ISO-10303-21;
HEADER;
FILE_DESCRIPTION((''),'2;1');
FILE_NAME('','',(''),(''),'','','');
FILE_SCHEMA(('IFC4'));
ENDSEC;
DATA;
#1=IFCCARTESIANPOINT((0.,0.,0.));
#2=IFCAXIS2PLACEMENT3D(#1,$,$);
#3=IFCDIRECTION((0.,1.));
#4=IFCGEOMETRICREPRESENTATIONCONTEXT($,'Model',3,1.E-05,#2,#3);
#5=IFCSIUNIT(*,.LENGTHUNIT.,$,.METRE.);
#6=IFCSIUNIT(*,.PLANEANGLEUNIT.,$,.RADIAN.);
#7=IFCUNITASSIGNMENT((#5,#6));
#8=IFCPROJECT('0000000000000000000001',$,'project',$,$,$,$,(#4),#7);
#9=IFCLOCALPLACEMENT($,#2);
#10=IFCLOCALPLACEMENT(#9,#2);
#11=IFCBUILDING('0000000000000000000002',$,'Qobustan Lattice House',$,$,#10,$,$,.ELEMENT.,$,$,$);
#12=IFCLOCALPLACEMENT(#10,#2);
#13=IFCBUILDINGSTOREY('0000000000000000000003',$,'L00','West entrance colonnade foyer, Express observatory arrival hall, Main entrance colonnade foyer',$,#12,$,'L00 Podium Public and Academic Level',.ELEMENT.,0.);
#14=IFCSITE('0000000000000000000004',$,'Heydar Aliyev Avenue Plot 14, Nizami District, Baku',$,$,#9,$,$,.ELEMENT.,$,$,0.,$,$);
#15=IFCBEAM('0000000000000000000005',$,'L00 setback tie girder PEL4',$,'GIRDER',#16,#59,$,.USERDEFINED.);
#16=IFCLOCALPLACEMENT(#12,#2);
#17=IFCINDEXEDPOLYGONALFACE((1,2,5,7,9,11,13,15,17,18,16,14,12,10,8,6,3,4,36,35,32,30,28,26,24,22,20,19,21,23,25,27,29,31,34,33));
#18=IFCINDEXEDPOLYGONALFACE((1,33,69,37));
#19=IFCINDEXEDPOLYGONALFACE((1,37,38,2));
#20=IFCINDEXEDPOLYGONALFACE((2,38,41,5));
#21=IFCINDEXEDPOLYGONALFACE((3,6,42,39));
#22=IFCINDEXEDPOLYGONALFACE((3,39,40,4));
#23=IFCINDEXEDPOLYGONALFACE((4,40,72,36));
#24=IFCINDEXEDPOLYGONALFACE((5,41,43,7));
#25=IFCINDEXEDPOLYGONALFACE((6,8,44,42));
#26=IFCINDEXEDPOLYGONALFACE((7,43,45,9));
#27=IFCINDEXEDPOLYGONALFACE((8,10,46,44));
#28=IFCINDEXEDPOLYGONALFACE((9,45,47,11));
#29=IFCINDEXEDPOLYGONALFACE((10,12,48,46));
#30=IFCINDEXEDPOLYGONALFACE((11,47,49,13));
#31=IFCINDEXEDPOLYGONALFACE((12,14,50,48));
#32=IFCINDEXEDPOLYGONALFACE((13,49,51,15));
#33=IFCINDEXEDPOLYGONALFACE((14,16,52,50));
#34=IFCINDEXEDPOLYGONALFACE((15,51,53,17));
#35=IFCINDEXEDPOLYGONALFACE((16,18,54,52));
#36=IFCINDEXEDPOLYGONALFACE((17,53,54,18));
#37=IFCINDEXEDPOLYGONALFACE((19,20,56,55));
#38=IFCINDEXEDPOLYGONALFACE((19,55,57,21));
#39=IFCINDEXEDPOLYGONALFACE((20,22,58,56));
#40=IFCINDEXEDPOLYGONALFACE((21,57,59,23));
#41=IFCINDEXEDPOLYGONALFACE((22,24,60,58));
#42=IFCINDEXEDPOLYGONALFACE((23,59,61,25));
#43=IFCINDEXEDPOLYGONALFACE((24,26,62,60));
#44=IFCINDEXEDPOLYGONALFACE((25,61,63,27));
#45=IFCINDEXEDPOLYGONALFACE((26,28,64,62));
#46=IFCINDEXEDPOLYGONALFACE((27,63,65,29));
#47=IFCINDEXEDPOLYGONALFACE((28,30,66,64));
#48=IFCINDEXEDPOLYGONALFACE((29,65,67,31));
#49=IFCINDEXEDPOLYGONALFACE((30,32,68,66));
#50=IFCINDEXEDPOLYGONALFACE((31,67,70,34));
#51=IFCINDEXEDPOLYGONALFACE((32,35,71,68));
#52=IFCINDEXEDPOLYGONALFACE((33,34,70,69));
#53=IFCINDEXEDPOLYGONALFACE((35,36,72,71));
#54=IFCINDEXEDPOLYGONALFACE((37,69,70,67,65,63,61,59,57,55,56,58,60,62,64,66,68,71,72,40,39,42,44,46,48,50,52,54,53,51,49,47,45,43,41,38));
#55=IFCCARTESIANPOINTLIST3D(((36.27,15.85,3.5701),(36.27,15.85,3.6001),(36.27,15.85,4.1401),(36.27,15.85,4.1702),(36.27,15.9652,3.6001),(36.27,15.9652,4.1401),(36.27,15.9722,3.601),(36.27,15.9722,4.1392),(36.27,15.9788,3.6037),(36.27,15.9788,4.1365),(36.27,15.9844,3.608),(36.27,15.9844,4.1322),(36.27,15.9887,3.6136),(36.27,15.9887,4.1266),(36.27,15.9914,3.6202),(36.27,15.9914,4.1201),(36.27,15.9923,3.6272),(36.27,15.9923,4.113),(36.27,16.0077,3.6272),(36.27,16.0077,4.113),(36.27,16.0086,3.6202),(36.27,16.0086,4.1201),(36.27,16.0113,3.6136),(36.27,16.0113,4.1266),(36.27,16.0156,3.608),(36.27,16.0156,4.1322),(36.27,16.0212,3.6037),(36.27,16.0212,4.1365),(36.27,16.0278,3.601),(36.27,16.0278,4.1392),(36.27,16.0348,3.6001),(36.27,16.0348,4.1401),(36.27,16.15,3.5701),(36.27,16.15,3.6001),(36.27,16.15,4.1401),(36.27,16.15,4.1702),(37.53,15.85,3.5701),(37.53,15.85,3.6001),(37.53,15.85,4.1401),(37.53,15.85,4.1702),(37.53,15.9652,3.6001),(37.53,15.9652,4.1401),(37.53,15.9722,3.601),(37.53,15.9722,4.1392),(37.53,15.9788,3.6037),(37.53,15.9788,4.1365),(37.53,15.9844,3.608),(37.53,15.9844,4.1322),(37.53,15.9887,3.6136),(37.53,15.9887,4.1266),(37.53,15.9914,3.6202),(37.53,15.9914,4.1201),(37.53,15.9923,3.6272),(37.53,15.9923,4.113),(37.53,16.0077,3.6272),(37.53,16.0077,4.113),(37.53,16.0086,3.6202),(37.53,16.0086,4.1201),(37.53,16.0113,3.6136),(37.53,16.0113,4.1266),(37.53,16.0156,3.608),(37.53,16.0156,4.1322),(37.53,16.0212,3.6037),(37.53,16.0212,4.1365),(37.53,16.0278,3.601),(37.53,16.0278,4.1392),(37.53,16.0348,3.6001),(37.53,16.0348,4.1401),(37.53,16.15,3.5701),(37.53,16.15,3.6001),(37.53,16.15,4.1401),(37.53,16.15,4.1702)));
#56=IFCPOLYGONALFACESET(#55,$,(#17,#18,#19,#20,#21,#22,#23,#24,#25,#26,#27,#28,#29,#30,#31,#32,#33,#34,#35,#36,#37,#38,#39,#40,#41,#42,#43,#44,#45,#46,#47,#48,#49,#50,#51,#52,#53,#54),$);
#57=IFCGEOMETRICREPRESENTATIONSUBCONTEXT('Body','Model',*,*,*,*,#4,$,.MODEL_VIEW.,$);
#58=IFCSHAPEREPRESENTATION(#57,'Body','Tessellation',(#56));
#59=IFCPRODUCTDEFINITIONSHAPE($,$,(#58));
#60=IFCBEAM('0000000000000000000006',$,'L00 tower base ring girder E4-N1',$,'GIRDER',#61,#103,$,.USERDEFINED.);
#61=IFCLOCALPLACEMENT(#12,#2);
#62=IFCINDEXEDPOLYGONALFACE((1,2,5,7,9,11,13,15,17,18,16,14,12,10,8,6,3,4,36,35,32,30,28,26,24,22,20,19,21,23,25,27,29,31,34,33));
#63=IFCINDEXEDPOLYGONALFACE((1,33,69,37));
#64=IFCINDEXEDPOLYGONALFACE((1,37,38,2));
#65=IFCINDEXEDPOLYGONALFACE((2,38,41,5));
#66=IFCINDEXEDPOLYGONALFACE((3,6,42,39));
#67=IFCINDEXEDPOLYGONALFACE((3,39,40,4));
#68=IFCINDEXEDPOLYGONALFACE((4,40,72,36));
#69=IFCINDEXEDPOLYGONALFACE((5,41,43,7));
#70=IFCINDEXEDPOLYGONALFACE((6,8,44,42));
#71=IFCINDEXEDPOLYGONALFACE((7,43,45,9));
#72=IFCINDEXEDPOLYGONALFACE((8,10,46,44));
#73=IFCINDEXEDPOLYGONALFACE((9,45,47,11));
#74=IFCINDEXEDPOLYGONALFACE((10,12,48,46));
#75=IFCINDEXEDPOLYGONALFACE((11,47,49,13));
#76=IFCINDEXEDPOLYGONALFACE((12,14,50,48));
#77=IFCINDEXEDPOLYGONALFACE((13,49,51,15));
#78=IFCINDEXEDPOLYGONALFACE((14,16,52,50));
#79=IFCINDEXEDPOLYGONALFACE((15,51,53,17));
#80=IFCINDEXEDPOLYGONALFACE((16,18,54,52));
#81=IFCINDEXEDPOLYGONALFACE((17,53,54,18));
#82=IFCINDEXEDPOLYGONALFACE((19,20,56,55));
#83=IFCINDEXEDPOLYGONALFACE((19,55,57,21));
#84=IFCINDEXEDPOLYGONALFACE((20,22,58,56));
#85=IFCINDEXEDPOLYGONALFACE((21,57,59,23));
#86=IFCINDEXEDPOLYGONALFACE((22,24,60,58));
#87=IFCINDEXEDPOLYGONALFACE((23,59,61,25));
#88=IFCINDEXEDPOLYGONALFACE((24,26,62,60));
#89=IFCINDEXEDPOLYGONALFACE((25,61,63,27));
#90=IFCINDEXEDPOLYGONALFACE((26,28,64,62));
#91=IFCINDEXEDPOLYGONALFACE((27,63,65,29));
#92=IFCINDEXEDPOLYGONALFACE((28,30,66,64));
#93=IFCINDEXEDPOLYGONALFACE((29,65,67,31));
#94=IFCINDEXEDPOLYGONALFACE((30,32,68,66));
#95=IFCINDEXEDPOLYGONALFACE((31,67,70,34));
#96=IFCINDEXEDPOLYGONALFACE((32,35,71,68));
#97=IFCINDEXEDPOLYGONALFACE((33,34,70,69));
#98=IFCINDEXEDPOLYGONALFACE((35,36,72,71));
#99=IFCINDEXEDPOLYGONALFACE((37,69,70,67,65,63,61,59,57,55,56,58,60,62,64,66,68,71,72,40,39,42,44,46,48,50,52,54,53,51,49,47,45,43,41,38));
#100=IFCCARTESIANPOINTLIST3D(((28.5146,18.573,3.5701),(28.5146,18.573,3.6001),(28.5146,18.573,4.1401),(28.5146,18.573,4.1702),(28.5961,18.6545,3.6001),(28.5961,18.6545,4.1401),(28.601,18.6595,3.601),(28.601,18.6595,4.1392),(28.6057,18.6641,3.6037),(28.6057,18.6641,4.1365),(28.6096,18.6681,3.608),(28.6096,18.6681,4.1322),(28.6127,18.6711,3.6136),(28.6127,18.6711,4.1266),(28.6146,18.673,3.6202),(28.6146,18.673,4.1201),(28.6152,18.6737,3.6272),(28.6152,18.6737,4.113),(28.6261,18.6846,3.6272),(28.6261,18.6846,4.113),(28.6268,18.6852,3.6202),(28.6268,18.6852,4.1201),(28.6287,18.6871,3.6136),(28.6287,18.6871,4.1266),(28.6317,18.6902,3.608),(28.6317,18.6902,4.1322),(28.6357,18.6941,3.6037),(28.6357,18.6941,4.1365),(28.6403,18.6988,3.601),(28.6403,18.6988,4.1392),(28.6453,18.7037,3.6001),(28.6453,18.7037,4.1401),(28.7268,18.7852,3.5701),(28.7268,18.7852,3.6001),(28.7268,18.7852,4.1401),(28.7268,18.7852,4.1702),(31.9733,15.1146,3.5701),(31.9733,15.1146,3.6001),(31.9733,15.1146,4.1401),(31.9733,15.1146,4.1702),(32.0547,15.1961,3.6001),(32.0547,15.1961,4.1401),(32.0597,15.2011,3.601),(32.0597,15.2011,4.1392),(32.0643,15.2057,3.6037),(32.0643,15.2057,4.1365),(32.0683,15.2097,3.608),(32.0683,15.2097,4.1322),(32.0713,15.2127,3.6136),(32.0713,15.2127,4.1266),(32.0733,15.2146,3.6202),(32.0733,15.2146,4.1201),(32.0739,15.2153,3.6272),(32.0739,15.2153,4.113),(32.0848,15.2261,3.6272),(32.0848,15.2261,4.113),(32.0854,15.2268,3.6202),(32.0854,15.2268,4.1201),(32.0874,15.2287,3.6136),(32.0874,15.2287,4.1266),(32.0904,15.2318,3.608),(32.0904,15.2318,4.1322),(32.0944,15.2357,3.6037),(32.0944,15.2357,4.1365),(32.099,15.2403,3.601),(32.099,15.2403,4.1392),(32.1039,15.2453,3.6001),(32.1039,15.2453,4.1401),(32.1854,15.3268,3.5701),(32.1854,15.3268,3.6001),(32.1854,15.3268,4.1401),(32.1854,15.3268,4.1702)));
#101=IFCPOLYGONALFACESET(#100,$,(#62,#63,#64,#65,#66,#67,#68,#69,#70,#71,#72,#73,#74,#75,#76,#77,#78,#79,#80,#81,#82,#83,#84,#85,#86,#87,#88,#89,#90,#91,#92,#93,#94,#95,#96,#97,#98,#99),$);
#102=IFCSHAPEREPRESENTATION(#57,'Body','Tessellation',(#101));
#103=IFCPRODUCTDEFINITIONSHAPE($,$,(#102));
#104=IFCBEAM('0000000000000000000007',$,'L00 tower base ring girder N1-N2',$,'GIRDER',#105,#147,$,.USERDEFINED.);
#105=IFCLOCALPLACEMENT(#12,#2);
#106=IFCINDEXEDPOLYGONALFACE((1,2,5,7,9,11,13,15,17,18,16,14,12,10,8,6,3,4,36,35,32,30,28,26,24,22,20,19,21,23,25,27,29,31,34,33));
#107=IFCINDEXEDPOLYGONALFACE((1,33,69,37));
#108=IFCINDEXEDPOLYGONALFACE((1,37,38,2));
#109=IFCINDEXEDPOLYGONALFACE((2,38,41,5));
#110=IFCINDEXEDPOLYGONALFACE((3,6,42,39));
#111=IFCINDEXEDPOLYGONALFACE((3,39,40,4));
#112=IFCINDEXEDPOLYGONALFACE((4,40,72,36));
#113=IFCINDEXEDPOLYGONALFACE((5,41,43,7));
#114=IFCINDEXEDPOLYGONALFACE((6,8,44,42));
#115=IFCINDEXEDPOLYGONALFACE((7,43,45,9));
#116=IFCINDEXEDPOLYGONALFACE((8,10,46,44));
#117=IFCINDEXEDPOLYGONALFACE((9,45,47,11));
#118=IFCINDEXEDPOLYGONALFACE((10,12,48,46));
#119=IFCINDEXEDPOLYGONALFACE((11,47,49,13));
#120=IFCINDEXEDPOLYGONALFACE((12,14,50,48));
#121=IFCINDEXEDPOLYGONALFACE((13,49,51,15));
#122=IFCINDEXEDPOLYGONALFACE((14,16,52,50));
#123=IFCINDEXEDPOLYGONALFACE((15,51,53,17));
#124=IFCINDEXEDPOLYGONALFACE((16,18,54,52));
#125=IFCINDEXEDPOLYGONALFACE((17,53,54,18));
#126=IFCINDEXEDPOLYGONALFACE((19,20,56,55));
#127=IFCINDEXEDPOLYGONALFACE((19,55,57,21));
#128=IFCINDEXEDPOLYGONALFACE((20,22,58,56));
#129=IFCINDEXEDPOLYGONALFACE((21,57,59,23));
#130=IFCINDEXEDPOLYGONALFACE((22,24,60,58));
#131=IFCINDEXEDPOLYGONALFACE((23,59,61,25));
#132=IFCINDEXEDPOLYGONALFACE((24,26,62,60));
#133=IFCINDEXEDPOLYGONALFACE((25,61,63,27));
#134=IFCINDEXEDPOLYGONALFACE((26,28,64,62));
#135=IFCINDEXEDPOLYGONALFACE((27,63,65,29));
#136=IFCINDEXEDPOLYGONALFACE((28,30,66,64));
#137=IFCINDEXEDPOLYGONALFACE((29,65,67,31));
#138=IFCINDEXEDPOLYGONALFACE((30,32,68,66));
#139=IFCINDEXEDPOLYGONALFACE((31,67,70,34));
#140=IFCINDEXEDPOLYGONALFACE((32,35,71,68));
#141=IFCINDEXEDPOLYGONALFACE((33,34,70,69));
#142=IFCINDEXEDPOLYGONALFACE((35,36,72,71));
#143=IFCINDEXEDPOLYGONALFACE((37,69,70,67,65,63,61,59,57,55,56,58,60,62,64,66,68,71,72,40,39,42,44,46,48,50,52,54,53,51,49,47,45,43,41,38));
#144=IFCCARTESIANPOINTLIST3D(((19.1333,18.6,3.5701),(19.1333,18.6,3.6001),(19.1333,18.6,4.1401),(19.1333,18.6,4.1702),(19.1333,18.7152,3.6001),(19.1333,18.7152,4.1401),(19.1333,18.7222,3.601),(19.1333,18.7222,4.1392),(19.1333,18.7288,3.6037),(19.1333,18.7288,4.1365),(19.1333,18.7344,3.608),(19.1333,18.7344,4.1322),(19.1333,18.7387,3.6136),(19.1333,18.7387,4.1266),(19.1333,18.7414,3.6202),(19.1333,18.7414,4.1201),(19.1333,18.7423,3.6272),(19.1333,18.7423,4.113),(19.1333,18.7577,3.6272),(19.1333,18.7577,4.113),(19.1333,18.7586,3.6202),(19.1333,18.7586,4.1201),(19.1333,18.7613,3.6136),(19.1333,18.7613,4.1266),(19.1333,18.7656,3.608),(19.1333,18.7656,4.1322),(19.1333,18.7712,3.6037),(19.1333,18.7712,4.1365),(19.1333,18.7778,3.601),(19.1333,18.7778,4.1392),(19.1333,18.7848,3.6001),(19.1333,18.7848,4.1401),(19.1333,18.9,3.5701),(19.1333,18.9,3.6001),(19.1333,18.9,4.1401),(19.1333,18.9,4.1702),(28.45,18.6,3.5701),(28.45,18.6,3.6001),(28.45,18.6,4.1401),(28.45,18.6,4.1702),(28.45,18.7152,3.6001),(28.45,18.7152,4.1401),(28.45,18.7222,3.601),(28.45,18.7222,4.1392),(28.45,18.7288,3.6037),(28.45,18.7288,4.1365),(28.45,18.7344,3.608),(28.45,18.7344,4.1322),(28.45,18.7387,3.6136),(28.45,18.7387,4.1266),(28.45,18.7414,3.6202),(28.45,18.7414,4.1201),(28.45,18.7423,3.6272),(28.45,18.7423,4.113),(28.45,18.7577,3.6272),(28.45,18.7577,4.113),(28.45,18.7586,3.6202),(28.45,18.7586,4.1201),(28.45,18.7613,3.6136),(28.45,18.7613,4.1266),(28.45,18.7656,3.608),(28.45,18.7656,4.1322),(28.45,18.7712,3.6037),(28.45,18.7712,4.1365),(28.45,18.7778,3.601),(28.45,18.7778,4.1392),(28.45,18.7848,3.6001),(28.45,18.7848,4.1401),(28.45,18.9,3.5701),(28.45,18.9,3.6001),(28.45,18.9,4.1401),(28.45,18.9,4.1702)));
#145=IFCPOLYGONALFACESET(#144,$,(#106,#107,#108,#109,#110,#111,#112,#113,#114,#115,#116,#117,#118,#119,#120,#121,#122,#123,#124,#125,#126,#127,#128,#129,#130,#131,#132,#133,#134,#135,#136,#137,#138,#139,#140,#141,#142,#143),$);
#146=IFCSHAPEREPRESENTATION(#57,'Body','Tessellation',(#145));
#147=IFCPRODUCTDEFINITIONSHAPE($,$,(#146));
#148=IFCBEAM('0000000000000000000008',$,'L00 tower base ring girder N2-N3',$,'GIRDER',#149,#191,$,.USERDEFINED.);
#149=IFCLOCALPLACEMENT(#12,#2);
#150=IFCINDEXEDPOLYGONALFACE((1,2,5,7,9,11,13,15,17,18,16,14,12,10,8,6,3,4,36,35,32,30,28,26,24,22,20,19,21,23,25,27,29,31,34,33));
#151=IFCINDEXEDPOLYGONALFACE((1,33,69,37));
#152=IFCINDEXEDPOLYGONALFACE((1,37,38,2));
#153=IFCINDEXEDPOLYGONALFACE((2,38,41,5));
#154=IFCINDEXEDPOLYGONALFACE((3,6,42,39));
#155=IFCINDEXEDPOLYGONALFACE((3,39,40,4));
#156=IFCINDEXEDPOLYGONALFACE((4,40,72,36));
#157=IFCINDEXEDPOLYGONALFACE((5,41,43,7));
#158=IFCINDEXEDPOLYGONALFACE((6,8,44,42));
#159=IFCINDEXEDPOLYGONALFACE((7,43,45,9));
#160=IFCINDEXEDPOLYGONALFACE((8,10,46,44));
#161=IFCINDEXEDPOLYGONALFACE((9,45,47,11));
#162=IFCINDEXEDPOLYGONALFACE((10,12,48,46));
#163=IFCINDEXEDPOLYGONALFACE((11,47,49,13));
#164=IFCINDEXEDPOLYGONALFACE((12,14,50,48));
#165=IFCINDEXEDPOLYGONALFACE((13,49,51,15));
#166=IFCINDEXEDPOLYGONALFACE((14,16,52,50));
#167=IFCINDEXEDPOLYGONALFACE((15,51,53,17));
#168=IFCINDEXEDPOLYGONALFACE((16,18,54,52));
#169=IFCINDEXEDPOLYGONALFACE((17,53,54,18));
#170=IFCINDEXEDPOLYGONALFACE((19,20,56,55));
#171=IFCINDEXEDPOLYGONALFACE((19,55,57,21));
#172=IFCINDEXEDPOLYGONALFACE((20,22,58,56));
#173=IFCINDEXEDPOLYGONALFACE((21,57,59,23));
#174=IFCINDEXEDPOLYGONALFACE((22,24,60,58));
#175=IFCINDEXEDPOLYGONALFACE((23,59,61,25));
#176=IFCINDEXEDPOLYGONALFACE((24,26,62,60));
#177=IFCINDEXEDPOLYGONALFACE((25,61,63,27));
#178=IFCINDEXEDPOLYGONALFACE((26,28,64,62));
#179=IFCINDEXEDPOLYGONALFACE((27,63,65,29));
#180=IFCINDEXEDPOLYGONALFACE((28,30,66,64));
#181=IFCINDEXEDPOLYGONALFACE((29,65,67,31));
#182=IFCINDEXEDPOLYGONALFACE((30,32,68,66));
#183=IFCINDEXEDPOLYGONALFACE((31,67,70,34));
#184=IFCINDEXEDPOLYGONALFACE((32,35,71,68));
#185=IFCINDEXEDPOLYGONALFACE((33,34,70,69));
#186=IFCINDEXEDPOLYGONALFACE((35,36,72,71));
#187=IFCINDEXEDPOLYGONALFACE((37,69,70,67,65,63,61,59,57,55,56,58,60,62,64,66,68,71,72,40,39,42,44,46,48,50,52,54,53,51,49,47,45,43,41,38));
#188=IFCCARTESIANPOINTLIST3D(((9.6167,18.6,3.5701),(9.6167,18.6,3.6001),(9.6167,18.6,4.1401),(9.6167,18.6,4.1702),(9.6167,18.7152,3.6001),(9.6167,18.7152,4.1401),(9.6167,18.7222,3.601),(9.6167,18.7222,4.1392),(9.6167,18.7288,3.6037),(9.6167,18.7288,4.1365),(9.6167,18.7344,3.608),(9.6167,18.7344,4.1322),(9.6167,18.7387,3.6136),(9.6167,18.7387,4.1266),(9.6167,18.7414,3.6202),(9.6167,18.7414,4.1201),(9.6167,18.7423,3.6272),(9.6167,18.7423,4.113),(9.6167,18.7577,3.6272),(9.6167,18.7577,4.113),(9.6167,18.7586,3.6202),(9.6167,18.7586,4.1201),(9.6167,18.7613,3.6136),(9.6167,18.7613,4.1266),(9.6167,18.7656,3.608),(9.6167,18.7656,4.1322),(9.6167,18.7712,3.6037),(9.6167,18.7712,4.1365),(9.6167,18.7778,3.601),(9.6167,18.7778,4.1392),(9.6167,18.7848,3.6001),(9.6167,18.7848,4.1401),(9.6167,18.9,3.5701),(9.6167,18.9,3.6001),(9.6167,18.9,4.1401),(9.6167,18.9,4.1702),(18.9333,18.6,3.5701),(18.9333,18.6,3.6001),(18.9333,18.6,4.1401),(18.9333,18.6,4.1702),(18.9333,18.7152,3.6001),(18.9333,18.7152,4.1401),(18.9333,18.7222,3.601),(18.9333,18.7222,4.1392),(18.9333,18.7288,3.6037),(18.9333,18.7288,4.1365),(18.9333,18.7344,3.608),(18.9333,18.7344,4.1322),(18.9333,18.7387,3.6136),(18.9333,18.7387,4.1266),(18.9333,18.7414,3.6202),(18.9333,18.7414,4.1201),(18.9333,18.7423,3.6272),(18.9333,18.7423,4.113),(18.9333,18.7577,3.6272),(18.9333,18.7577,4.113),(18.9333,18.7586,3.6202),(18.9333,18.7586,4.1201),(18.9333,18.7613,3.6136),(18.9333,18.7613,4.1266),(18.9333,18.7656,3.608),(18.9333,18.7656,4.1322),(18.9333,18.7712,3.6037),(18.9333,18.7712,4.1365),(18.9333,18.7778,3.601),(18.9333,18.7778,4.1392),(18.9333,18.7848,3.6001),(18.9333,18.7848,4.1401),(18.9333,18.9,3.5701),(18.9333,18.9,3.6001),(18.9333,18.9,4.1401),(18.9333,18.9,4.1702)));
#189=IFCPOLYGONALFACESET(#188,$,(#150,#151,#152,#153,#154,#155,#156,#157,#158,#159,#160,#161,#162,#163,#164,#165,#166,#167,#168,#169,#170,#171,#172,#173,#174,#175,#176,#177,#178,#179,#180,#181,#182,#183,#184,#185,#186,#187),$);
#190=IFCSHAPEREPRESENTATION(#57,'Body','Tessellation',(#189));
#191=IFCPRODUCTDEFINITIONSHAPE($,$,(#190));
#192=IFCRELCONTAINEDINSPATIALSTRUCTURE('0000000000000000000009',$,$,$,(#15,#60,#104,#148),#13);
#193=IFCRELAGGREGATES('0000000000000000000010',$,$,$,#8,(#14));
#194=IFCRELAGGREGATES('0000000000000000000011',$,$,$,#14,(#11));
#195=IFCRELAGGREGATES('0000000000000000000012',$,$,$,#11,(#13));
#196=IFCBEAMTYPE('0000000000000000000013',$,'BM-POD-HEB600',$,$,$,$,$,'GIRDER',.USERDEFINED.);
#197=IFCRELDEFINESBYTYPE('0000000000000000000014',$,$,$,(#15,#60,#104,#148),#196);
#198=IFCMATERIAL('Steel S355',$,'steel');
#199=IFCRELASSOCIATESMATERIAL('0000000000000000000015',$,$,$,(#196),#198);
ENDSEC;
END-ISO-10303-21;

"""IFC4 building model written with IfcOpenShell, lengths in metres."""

from ifc_helpers import new_model, si_unit, direction, frame, origin, origin_2d, place, context, subcontext, project, spatial, i_section, extrude, material, material_profile, profile_set, type_object, element, save


model = new_model("IFC4")

# Units and contexts
model_context = context("Model", 3, precision=1e-05, world=origin(), true_north=direction((0.0, 1.0)))
body_context = subcontext(model_context, "Body", "Model", "MODEL_VIEW")
ifc_project = project(units=[si_unit("LENGTHUNIT", "METRE"), si_unit("PLANEANGLEUNIT", "RADIAN")], contexts=[model_context])

# Site, building, storey
site_placement = place(None, origin())
site = spatial("IfcSite", under=ifc_project, at=site_placement, Name="Heydar Aliyev Avenue Plot 14, Nizami District, Baku", CompositionType="ELEMENT", RefElevation=0.0)
building_placement = place(site_placement, origin())
building = spatial("IfcBuilding", under=site, at=building_placement, Name="Qobustan Lattice House", CompositionType="ELEMENT")
storey_placement = place(building_placement, origin())
storey = spatial("IfcBuildingStorey", under=building, at=storey_placement, Name="L00", Description="West entrance colonnade foyer, Express observatory arrival hall, Main entrance colonnade foyer", LongName="L00 Podium Public and Academic Level", CompositionType="ELEMENT", Elevation=0.0)

# Beams
ifc_material_1 = material(Name="Steel S355", Category="steel")
ifc_material_profile_1 = material_profile(ifc_material_1, i_section(OverallWidth=0.3, OverallDepth=0.6001, WebThickness=0.0154, FlangeThickness=0.03, FilletRadius=0.0271, at=origin_2d()), Name="HEB600")
ifc_profile_set_1 = profile_set([ifc_material_profile_1], Name="Steel S355")
beam_type_1 = type_object("IfcBeamType", Name="BM-POD-HEB600", ElementType="GIRDER", PredefinedType="USERDEFINED", material=ifc_profile_set_1)
beam_1_placement = place(storey_placement, frame((37.53, 16.0, 3.8701), z_axis=(-1.0, 0.0, 0.0), x_axis=(0.0, -1.0, 0.0)))
element("IfcBeam", 1, at=beam_1_placement, inside=storey, type_object=beam_type_1, Name="L00 setback tie girder PEL4", ObjectType="GIRDER", PredefinedType="USERDEFINED", context=body_context, shape_type="SweptSolid", body=[
    extrude(i_section(OverallWidth=0.3, OverallDepth=0.6001, WebThickness=0.0154, FlangeThickness=0.03, FilletRadius=0.0271, at=origin_2d()), origin(), (0.0, 0.0, 1.0), 1.26),
])
beam_2_placement = place(storey_placement, frame((32.0793, 15.2207, 3.8701), z_axis=(-0.707132, 0.707082, 0.0), x_axis=(-0.707082, -0.707132, 0.0)))
element("IfcBeam", 2, at=beam_2_placement, inside=storey, type_object=beam_type_1, Name="L00 tower base ring girder E4-N1", ObjectType="GIRDER", PredefinedType="USERDEFINED", context=body_context, shape_type="SweptSolid", body=[
    extrude(i_section(OverallWidth=0.3, OverallDepth=0.6001, WebThickness=0.0154, FlangeThickness=0.03, FilletRadius=0.0271, at=origin_2d()), origin(), (0.0, 0.0, 1.0), 4.8911),
])
for number, where, z_axis, x_axis, name in (
    (3, (28.45, 18.75, 3.8701), (-1.0, 0.0, 0.0), (0.0, -1.0, 0.0), "L00 tower base ring girder N1-N2"),
    (4, (18.9333, 18.75, 3.8701), (-1.0, 0.0, 0.0), (0.0, -1.0, 0.0), "L00 tower base ring girder N2-N3"),
):
    element("IfcBeam", number, at=place(storey_placement, frame(where, z_axis=z_axis, x_axis=x_axis)), inside=storey, type_object=beam_type_1, Name=name, ObjectType="GIRDER", PredefinedType="USERDEFINED", context=body_context, shape_type="SweptSolid", body=[
        extrude(i_section(OverallWidth=0.3, OverallDepth=0.6001, WebThickness=0.0154, FlangeThickness=0.03, FilletRadius=0.0271, at=origin_2d()), origin(), (0.0, 0.0, 1.0), 9.3167),
    ])

save(model, "model.ifc")
